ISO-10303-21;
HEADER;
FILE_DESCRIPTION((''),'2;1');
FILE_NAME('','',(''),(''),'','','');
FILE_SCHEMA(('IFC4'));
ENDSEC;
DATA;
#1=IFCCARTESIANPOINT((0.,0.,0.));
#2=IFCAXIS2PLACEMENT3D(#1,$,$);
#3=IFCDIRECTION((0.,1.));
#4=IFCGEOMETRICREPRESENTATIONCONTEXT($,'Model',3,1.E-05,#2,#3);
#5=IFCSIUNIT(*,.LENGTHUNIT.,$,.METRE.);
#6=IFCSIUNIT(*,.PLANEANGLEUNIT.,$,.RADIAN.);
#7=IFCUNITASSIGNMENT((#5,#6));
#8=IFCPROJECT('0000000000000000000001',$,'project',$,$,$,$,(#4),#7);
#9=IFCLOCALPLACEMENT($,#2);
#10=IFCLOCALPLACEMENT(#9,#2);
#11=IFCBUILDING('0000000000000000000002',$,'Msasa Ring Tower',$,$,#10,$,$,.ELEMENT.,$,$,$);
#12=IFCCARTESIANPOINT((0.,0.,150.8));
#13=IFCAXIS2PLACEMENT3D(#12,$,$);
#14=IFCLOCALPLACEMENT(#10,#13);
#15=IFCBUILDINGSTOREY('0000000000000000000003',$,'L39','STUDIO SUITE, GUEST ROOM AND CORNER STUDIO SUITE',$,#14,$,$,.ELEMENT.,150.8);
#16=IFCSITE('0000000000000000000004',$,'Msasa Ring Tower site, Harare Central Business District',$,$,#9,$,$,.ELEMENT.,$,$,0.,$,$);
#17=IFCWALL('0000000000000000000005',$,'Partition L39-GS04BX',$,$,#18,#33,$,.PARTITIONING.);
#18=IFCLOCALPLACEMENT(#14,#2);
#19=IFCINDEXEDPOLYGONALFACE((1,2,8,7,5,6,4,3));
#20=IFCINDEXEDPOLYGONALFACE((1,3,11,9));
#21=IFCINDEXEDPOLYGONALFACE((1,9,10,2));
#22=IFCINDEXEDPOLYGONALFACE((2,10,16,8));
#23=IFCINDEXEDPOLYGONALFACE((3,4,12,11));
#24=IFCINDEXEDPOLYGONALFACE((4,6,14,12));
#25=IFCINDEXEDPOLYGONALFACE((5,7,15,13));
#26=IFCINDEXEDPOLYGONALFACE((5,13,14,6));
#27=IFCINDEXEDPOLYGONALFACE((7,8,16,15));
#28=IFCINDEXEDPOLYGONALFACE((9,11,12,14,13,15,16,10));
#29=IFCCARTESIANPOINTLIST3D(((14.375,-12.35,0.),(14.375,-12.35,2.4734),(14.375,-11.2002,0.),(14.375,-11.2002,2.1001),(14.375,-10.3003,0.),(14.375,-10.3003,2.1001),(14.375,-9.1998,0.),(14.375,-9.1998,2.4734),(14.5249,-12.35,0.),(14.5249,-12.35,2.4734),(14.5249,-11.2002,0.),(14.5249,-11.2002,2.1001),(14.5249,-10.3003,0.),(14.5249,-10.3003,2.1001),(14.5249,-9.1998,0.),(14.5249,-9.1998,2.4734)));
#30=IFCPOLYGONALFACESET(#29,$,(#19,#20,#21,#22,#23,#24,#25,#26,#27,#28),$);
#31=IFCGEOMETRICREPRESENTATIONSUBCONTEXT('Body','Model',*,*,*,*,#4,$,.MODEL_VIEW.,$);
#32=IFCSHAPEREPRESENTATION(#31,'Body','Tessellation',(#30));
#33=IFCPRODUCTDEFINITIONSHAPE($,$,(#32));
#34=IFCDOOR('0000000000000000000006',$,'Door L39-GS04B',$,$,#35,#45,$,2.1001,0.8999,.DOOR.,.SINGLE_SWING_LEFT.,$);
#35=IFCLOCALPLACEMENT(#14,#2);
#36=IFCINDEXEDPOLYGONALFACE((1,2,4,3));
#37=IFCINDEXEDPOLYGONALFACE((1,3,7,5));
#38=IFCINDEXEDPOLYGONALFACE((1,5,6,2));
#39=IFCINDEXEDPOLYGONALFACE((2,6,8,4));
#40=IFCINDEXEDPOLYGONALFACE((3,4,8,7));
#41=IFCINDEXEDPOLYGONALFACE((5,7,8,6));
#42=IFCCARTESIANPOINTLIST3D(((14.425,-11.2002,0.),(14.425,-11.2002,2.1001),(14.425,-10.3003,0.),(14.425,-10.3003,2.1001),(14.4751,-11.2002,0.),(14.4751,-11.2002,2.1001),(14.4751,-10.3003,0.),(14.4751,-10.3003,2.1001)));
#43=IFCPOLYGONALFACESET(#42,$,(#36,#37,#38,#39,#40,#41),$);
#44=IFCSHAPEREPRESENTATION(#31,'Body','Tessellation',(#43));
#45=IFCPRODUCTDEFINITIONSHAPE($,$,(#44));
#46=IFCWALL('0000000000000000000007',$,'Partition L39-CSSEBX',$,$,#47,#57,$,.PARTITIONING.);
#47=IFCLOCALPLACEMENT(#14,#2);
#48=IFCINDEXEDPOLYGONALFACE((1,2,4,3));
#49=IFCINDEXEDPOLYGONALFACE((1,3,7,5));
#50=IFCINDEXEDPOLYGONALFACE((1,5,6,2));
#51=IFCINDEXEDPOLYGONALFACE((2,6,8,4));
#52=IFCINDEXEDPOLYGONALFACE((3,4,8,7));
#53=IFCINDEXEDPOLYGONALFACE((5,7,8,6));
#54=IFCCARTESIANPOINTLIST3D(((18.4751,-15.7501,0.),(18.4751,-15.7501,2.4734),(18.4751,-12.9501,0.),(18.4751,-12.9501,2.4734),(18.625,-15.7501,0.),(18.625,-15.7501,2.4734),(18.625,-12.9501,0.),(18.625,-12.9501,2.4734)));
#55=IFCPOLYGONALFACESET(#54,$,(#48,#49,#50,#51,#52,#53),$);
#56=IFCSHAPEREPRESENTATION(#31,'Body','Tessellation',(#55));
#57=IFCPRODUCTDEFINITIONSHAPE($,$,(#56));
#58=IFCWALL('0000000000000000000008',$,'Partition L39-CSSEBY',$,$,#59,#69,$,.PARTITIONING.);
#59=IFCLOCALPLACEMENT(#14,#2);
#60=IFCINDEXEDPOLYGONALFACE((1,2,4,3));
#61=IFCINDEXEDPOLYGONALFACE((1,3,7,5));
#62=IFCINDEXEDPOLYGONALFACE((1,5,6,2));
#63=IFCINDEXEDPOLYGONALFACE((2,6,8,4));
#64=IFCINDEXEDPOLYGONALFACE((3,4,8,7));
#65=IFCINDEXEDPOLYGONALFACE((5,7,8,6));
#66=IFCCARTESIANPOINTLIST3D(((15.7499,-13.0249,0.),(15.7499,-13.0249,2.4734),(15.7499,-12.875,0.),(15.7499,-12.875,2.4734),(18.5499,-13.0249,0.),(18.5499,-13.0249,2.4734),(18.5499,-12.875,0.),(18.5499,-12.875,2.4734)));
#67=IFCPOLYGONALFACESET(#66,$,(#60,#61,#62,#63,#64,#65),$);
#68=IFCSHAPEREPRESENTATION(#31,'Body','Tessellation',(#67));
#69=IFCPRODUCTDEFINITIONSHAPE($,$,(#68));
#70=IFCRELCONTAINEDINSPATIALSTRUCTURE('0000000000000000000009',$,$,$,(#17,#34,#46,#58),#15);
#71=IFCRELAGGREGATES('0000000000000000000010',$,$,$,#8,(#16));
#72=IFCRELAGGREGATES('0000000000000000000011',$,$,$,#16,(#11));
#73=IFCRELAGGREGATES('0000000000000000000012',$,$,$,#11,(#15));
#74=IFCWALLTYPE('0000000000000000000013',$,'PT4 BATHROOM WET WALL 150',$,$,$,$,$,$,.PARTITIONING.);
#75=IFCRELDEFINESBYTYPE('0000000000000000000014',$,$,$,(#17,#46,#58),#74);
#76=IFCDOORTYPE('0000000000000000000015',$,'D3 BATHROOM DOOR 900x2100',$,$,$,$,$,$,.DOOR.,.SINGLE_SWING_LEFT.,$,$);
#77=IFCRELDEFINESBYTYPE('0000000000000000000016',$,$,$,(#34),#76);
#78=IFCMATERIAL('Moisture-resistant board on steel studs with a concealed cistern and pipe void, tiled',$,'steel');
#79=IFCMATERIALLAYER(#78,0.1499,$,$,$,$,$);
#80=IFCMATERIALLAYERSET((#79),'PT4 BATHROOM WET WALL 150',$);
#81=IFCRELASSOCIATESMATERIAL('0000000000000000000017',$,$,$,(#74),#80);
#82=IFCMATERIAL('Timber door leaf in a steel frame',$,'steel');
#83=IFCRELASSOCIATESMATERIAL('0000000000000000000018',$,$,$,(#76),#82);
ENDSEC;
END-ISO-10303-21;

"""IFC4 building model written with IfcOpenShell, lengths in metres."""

from ifc_helpers import new_model, si_unit, direction, frame, frame_2d, origin, place, context, subcontext, project, spatial, rectangle, extrude, material, layer, layer_set, type_object, element, fill, save


model = new_model("IFC4")

# Units and contexts
model_context = context("Model", 3, precision=1e-05, world=origin(), true_north=direction((0.0, 1.0)))
body_context = subcontext(model_context, "Body", "Model", "MODEL_VIEW")
ifc_project = project(units=[si_unit("LENGTHUNIT", "METRE"), si_unit("PLANEANGLEUNIT", "RADIAN")], contexts=[model_context])

# Site, building, storey
site_placement = place(None, origin())
site = spatial("IfcSite", under=ifc_project, at=site_placement, Name="Msasa Ring Tower site, Harare Central Business District", CompositionType="ELEMENT", RefElevation=0.0)
building_placement = place(site_placement, origin())
building = spatial("IfcBuilding", under=site, at=building_placement, Name="Msasa Ring Tower", CompositionType="ELEMENT")
storey_placement = place(building_placement, frame((0.0, 0.0, 150.8)))
storey = spatial("IfcBuildingStorey", under=building, at=storey_placement, Name="L39", Description="STUDIO SUITE, GUEST ROOM AND CORNER STUDIO SUITE", CompositionType="ELEMENT", Elevation=150.8)

# Wall, opening, door
ifc_material_1 = material(Name="Moisture-resistant board on steel studs with a concealed cistern and pipe void, tiled", Category="steel")
ifc_layer_1 = layer(ifc_material_1, 0.1499)
ifc_layer_set_1 = layer_set([ifc_layer_1], Name="PT4 BATHROOM WET WALL 150")
wall_type_1 = type_object("IfcWallType", Name="PT4 BATHROOM WET WALL 150", PredefinedType="PARTITIONING", material=ifc_layer_set_1)
wall_1_placement = place(storey_placement, frame((14.45, -12.3501, 0.0), z_axis=(0.0, 0.0, 1.0), x_axis=(0.0, 1.0, 0.0)))
wall_1 = element("IfcWall", 1, at=wall_1_placement, inside=storey, type_object=wall_type_1, Name="Partition L39-GS04BX", PredefinedType="PARTITIONING", context=body_context, shape_type="SweptSolid", body=[
    extrude(rectangle(XDim=3.1501, YDim=0.1499, at=frame_2d((1.5752, 0.0))), origin(), (0.0, 0.0, 1.0), 2.4734),
])
opening_1_placement = place(wall_1_placement, frame((1.1499, 0.0, 0.0)))
opening_1 = element("IfcOpeningElement", 2, at=opening_1_placement, cuts=wall_1, PredefinedType="OPENING", context=body_context, shape_type="SweptSolid", body=[
    extrude(rectangle(XDim=0.8999, YDim=2.1001, at=frame_2d((0.45, 1.05))), frame((0.0, 0.085, 0.0), z_axis=(0.0, -1.0, 0.0), x_axis=(1.0, 0.0, 0.0)), (0.0, 0.0, 1.0), 0.1699),
])
ifc_material_2 = material(Name="Timber door leaf in a steel frame", Category="steel")
door_type_1 = type_object("IfcDoorType", Name="D3 BATHROOM DOOR 900x2100", OperationType="SINGLE_SWING_LEFT", PredefinedType="DOOR", material=ifc_material_2)
door_1_placement = place(opening_1_placement, origin())
door_1 = element("IfcDoor", 3, at=door_1_placement, inside=storey, type_object=door_type_1, Name="Door L39-GS04B", OperationType="SINGLE_SWING_LEFT", OverallHeight=2.1001, OverallWidth=0.8999, PredefinedType="DOOR", context=body_context, shape_type="SweptSolid", body=[
    extrude(rectangle(XDim=0.8999, YDim=2.1001, at=frame_2d((0.45, 1.05))), frame((0.0, 0.0249, 0.0), z_axis=(0.0, -1.0, 0.0), x_axis=(1.0, 0.0, 0.0)), (0.0, 0.0, 1.0), 0.05),
])
fill(opening_1, door_1)

# Walls
for number, where, z_axis, x_axis, name in (
    (4, (18.55, -15.75, 0.0), (0.0, 0.0, 1.0), (0.0, 1.0, 0.0), "Partition L39-CSSEBX"),
    (5, (15.75, -12.95, 0.0), (0.0, 0.0, 1.0), (1.0, 0.0, 0.0), "Partition L39-CSSEBY"),
):
    element("IfcWall", number, at=place(storey_placement, frame(where, z_axis=z_axis, x_axis=x_axis)), inside=storey, type_object=wall_type_1, Name=name, PredefinedType="PARTITIONING", context=body_context, shape_type="SweptSolid", body=[
        extrude(rectangle(XDim=2.8, YDim=0.1499, at=frame_2d((1.3999, 0.0))), origin(), (0.0, 0.0, 1.0), 2.4734),
    ])

save(model, "model.ifc")
